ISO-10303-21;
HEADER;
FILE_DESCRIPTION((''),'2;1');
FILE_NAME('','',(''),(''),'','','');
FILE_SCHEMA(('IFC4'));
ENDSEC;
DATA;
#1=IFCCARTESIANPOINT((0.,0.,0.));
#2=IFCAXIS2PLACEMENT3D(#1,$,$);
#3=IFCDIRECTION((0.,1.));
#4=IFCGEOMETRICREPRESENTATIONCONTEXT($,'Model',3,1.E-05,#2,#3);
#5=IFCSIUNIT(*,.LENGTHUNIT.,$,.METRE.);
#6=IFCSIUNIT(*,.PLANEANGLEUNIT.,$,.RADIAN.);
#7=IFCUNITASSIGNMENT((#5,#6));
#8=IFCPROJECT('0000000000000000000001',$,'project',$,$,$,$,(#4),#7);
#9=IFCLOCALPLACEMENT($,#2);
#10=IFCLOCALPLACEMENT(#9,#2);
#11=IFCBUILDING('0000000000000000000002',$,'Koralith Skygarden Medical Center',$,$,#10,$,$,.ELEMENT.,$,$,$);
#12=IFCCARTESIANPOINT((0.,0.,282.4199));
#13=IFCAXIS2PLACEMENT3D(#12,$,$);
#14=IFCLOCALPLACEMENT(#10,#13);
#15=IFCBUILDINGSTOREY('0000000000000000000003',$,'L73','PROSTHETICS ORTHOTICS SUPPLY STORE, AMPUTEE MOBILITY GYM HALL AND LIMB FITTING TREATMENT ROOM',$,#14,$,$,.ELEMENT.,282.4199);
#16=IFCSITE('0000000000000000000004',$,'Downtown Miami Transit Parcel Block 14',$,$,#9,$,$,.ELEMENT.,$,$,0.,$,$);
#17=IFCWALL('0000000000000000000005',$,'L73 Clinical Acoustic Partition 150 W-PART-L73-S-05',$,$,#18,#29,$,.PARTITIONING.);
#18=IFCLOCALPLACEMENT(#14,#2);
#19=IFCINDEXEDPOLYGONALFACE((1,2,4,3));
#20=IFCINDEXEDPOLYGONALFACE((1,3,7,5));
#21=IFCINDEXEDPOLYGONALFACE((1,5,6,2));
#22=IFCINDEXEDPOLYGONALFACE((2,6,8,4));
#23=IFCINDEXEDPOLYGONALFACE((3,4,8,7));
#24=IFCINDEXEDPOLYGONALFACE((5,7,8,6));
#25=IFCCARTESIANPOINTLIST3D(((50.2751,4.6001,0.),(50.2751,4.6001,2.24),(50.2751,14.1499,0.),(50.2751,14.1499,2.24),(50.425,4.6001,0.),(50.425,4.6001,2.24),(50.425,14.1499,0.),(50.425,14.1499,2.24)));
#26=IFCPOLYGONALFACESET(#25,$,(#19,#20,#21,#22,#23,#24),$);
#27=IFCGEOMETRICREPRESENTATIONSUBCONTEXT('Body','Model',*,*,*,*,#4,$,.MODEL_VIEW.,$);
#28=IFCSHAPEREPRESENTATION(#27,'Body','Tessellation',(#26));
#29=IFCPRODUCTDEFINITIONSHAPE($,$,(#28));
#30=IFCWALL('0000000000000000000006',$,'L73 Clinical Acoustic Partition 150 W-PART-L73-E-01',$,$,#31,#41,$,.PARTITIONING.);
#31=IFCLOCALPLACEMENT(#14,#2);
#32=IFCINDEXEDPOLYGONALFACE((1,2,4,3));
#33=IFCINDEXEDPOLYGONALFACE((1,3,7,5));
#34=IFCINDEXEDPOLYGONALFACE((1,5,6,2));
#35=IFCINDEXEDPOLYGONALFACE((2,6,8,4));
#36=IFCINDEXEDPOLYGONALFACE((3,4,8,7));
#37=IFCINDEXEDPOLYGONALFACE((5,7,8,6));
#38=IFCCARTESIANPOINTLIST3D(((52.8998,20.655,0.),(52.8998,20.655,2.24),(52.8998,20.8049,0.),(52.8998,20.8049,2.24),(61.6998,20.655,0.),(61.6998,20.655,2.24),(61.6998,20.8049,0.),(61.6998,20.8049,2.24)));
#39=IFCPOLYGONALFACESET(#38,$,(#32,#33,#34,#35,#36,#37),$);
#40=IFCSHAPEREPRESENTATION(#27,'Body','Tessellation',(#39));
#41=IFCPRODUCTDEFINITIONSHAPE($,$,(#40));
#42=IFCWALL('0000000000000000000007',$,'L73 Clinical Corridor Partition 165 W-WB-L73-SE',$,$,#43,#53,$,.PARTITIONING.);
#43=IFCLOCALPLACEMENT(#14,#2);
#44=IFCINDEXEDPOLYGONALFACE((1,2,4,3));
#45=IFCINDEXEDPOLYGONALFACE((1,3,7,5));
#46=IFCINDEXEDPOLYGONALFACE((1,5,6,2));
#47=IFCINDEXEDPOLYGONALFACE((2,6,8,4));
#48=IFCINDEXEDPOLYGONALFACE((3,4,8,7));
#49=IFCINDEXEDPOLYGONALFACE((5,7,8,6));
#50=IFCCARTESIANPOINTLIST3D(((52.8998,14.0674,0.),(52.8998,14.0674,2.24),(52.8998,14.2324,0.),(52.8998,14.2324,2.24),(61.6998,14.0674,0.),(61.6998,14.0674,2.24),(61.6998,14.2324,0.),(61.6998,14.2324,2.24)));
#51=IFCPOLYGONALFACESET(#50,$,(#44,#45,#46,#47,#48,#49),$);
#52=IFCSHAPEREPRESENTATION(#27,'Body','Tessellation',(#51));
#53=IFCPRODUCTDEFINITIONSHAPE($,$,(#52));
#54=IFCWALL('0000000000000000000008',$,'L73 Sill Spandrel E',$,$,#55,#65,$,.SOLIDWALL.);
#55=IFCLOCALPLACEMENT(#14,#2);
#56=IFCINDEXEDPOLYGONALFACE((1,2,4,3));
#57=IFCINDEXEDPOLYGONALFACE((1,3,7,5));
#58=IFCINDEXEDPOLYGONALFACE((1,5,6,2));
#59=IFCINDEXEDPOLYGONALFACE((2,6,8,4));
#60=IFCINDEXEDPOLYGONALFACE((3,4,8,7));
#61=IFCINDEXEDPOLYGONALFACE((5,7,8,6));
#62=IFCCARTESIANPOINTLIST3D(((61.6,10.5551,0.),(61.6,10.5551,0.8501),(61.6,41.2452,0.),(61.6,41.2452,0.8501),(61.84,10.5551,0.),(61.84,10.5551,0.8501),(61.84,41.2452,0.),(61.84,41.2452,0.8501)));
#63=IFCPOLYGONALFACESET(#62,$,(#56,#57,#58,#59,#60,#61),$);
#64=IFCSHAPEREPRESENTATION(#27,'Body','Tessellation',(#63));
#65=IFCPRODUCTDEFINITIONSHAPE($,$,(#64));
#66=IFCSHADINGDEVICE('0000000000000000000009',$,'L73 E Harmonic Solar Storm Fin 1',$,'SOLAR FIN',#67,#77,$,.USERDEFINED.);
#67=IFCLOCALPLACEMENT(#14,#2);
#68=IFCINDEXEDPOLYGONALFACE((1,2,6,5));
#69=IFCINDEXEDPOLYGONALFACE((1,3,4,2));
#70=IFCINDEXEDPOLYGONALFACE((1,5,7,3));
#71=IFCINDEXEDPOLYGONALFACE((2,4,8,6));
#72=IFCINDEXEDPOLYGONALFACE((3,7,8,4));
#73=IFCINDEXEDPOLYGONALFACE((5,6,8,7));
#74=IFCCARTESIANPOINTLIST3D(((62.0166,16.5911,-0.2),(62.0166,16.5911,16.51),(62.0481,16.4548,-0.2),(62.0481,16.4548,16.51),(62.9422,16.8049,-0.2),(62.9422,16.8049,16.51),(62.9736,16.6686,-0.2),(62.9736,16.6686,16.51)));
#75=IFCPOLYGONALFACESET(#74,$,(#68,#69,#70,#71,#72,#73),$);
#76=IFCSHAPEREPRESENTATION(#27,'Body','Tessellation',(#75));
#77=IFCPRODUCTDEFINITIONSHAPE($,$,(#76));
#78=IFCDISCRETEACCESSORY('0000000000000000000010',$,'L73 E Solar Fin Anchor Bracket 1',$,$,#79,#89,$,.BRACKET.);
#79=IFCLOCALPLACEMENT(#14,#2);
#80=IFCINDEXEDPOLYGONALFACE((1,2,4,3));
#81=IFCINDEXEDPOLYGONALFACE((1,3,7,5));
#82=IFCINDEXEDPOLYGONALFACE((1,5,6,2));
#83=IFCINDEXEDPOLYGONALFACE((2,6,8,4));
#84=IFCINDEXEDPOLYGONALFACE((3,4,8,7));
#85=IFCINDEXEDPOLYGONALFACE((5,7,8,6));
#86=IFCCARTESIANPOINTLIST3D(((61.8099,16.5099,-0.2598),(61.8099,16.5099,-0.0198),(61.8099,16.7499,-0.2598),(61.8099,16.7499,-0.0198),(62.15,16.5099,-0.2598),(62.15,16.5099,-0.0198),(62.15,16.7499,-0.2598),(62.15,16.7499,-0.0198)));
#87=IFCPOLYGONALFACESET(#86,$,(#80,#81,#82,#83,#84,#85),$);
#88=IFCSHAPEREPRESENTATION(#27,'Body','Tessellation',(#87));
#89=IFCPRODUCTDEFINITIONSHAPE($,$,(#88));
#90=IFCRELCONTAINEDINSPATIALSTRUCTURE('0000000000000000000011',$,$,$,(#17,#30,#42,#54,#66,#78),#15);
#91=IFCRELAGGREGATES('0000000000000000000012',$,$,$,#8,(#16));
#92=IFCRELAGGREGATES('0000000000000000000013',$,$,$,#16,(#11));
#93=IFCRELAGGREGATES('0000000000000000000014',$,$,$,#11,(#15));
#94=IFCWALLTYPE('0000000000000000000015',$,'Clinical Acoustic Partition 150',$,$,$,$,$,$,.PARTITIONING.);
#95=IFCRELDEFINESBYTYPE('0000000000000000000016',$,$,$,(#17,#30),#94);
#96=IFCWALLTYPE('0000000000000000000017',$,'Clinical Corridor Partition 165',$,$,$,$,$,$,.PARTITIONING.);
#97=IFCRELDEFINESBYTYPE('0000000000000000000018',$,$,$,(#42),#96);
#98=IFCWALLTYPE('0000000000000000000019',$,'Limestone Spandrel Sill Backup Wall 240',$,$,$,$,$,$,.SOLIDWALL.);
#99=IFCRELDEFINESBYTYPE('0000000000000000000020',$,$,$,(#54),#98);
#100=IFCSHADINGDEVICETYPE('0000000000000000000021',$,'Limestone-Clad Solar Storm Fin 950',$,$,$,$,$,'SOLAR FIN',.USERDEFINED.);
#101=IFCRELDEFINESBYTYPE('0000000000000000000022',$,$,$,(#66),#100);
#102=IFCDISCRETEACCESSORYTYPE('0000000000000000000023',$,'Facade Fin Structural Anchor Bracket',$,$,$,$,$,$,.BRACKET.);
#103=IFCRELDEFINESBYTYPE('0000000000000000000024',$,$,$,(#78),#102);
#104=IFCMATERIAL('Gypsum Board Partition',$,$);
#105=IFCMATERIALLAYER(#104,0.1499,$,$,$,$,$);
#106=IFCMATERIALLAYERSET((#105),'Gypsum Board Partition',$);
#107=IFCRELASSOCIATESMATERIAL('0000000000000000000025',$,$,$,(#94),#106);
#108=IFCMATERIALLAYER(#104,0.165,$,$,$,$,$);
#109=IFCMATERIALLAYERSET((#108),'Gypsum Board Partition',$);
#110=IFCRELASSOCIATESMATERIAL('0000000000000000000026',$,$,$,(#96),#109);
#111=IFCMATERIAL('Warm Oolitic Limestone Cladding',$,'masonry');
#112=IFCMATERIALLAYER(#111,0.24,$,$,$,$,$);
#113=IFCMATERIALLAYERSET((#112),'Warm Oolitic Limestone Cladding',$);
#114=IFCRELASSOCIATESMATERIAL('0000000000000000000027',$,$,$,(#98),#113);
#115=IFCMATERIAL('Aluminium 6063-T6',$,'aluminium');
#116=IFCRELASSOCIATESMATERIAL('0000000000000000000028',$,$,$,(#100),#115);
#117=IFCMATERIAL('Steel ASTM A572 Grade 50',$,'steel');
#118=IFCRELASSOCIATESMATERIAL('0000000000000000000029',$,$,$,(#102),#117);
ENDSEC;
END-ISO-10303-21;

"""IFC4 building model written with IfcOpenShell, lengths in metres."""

from ifc_helpers import new_model, si_unit, direction, frame, frame_2d, origin, origin_2d, place, context, subcontext, project, spatial, rectangle, extrude, material, layer, layer_set, type_object, element, save


model = new_model("IFC4")

# Units and contexts
model_context = context("Model", 3, precision=1e-05, world=origin(), true_north=direction((0.0, 1.0)))
body_context = subcontext(model_context, "Body", "Model", "MODEL_VIEW")
ifc_project = project(units=[si_unit("LENGTHUNIT", "METRE"), si_unit("PLANEANGLEUNIT", "RADIAN")], contexts=[model_context])

# Site, building, storey
site_placement = place(None, origin())
site = spatial("IfcSite", under=ifc_project, at=site_placement, Name="Downtown Miami Transit Parcel Block 14", CompositionType="ELEMENT", RefElevation=0.0)
building_placement = place(site_placement, origin())
building = spatial("IfcBuilding", under=site, at=building_placement, Name="Koralith Skygarden Medical Center", CompositionType="ELEMENT")
storey_placement = place(building_placement, frame((0.0, 0.0, 282.4199)))
storey = spatial("IfcBuildingStorey", under=building, at=storey_placement, Name="L73", Description="PROSTHETICS ORTHOTICS SUPPLY STORE, AMPUTEE MOBILITY GYM HALL AND LIMB FITTING TREATMENT ROOM", CompositionType="ELEMENT", Elevation=282.4199)

# Shared definitions
ifc_material_1 = material(Name="Aluminium 6063-T6", Category="aluminium")

# Walls
ifc_material_2 = material(Name="Gypsum Board Partition")
ifc_layer_1 = layer(ifc_material_2, 0.1499)
ifc_layer_set_1 = layer_set([ifc_layer_1], Name="Gypsum Board Partition")
wall_type_1 = type_object("IfcWallType", Name="Clinical Acoustic Partition 150", PredefinedType="PARTITIONING", material=ifc_layer_set_1)
wall_1_placement = place(storey_placement, frame((50.3501, 14.1499, 0.0), z_axis=(0.0, 0.0, 1.0), x_axis=(0.0, -1.0, 0.0)))
element("IfcWall", 1, at=wall_1_placement, inside=storey, type_object=wall_type_1, Name="L73 Clinical Acoustic Partition 150 W-PART-L73-S-05", PredefinedType="PARTITIONING", context=body_context, shape_type="SweptSolid", body=[
    extrude(rectangle(XDim=9.5498, YDim=0.1499, at=frame_2d((4.7749, 0.0))), origin(), (0.0, 0.0, 1.0), 2.24),
])
wall_2_placement = place(storey_placement, frame((52.8999, 20.73, 0.0), z_axis=(0.0, 0.0, 1.0), x_axis=(1.0, 0.0, 0.0)))
element("IfcWall", 2, at=wall_2_placement, inside=storey, type_object=wall_type_1, Name="L73 Clinical Acoustic Partition 150 W-PART-L73-E-01", PredefinedType="PARTITIONING", context=body_context, shape_type="SweptSolid", body=[
    extrude(rectangle(XDim=8.8, YDim=0.1499, at=frame_2d((4.3999, 0.0))), origin(), (0.0, 0.0, 1.0), 2.24),
])
ifc_layer_2 = layer(ifc_material_2, 0.165)
ifc_layer_set_2 = layer_set([ifc_layer_2], Name="Gypsum Board Partition")
wall_type_2 = type_object("IfcWallType", Name="Clinical Corridor Partition 165", PredefinedType="PARTITIONING", material=ifc_layer_set_2)
wall_3_placement = place(storey_placement, frame((52.8999, 14.1499, 0.0), z_axis=(0.0, 0.0, 1.0), x_axis=(1.0, 0.0, 0.0)))
element("IfcWall", 3, at=wall_3_placement, inside=storey, type_object=wall_type_2, Name="L73 Clinical Corridor Partition 165 W-WB-L73-SE", PredefinedType="PARTITIONING", context=body_context, shape_type="SweptSolid", body=[
    extrude(rectangle(XDim=8.8, YDim=0.165, at=frame_2d((4.3999, 0.0))), origin(), (0.0, 0.0, 1.0), 2.24),
])

# Wall
ifc_material_3 = material(Name="Warm Oolitic Limestone Cladding", Category="masonry")
ifc_layer_3 = layer(ifc_material_3, 0.24)
ifc_layer_set_3 = layer_set([ifc_layer_3], Name="Warm Oolitic Limestone Cladding")
wall_type_3 = type_object("IfcWallType", Name="Limestone Spandrel Sill Backup Wall 240", PredefinedType="SOLIDWALL", material=ifc_layer_set_3)
wall_4_placement = place(storey_placement, frame((61.72, 10.5549, 0.0), z_axis=(0.0, 0.0, 1.0), x_axis=(0.0, 1.0, 0.0)))
element("IfcWall", 4, at=wall_4_placement, inside=storey, type_object=wall_type_3, Name="L73 Sill Spandrel E", PredefinedType="SOLIDWALL", context=body_context, shape_type="SweptSolid", body=[
    extrude(rectangle(XDim=30.6902, YDim=0.24, at=frame_2d((15.3452, 0.0))), origin(), (0.0, 0.0, 1.0), 0.8501),
])

# Shading device
shading_device_type = type_object("IfcShadingDeviceType", Name="Limestone-Clad Solar Storm Fin 950", ElementType="SOLAR FIN", PredefinedType="USERDEFINED", material=ifc_material_1)
shading_device_placement = place(storey_placement, frame((62.4951, 16.6299, -0.2), z_axis=(0.0, 0.0, 1.0), x_axis=(0.974347, 0.225053, 0.0)))
element("IfcShadingDevice", 5, at=shading_device_placement, inside=storey, type_object=shading_device_type, Name="L73 E Harmonic Solar Storm Fin 1", ObjectType="SOLAR FIN", PredefinedType="USERDEFINED", context=body_context, shape_type="SweptSolid", body=[
    extrude(rectangle(XDim=0.95, YDim=0.1399, at=origin_2d()), origin(), (0.0, 0.0, 1.0), 16.71),
])

# Discrete accessory
ifc_material_4 = material(Name="Steel ASTM A572 Grade 50", Category="steel")
discrete_accessory_type = type_object("IfcDiscreteAccessoryType", Name="Facade Fin Structural Anchor Bracket", PredefinedType="BRACKET", material=ifc_material_4)
discrete_accessory_placement = place(storey_placement, frame((61.98, 16.6299, -0.2598), z_axis=(0.0, 0.0, 1.0), x_axis=(1.0, 0.0, 0.0)))
element("IfcDiscreteAccessory", 6, at=discrete_accessory_placement, inside=storey, type_object=discrete_accessory_type, Name="L73 E Solar Fin Anchor Bracket 1", PredefinedType="BRACKET", context=body_context, shape_type="SweptSolid", body=[
    extrude(rectangle(XDim=0.3401, YDim=0.24, at=origin_2d()), origin(), (0.0, 0.0, 1.0), 0.24),
])

save(model, "model.ifc")
